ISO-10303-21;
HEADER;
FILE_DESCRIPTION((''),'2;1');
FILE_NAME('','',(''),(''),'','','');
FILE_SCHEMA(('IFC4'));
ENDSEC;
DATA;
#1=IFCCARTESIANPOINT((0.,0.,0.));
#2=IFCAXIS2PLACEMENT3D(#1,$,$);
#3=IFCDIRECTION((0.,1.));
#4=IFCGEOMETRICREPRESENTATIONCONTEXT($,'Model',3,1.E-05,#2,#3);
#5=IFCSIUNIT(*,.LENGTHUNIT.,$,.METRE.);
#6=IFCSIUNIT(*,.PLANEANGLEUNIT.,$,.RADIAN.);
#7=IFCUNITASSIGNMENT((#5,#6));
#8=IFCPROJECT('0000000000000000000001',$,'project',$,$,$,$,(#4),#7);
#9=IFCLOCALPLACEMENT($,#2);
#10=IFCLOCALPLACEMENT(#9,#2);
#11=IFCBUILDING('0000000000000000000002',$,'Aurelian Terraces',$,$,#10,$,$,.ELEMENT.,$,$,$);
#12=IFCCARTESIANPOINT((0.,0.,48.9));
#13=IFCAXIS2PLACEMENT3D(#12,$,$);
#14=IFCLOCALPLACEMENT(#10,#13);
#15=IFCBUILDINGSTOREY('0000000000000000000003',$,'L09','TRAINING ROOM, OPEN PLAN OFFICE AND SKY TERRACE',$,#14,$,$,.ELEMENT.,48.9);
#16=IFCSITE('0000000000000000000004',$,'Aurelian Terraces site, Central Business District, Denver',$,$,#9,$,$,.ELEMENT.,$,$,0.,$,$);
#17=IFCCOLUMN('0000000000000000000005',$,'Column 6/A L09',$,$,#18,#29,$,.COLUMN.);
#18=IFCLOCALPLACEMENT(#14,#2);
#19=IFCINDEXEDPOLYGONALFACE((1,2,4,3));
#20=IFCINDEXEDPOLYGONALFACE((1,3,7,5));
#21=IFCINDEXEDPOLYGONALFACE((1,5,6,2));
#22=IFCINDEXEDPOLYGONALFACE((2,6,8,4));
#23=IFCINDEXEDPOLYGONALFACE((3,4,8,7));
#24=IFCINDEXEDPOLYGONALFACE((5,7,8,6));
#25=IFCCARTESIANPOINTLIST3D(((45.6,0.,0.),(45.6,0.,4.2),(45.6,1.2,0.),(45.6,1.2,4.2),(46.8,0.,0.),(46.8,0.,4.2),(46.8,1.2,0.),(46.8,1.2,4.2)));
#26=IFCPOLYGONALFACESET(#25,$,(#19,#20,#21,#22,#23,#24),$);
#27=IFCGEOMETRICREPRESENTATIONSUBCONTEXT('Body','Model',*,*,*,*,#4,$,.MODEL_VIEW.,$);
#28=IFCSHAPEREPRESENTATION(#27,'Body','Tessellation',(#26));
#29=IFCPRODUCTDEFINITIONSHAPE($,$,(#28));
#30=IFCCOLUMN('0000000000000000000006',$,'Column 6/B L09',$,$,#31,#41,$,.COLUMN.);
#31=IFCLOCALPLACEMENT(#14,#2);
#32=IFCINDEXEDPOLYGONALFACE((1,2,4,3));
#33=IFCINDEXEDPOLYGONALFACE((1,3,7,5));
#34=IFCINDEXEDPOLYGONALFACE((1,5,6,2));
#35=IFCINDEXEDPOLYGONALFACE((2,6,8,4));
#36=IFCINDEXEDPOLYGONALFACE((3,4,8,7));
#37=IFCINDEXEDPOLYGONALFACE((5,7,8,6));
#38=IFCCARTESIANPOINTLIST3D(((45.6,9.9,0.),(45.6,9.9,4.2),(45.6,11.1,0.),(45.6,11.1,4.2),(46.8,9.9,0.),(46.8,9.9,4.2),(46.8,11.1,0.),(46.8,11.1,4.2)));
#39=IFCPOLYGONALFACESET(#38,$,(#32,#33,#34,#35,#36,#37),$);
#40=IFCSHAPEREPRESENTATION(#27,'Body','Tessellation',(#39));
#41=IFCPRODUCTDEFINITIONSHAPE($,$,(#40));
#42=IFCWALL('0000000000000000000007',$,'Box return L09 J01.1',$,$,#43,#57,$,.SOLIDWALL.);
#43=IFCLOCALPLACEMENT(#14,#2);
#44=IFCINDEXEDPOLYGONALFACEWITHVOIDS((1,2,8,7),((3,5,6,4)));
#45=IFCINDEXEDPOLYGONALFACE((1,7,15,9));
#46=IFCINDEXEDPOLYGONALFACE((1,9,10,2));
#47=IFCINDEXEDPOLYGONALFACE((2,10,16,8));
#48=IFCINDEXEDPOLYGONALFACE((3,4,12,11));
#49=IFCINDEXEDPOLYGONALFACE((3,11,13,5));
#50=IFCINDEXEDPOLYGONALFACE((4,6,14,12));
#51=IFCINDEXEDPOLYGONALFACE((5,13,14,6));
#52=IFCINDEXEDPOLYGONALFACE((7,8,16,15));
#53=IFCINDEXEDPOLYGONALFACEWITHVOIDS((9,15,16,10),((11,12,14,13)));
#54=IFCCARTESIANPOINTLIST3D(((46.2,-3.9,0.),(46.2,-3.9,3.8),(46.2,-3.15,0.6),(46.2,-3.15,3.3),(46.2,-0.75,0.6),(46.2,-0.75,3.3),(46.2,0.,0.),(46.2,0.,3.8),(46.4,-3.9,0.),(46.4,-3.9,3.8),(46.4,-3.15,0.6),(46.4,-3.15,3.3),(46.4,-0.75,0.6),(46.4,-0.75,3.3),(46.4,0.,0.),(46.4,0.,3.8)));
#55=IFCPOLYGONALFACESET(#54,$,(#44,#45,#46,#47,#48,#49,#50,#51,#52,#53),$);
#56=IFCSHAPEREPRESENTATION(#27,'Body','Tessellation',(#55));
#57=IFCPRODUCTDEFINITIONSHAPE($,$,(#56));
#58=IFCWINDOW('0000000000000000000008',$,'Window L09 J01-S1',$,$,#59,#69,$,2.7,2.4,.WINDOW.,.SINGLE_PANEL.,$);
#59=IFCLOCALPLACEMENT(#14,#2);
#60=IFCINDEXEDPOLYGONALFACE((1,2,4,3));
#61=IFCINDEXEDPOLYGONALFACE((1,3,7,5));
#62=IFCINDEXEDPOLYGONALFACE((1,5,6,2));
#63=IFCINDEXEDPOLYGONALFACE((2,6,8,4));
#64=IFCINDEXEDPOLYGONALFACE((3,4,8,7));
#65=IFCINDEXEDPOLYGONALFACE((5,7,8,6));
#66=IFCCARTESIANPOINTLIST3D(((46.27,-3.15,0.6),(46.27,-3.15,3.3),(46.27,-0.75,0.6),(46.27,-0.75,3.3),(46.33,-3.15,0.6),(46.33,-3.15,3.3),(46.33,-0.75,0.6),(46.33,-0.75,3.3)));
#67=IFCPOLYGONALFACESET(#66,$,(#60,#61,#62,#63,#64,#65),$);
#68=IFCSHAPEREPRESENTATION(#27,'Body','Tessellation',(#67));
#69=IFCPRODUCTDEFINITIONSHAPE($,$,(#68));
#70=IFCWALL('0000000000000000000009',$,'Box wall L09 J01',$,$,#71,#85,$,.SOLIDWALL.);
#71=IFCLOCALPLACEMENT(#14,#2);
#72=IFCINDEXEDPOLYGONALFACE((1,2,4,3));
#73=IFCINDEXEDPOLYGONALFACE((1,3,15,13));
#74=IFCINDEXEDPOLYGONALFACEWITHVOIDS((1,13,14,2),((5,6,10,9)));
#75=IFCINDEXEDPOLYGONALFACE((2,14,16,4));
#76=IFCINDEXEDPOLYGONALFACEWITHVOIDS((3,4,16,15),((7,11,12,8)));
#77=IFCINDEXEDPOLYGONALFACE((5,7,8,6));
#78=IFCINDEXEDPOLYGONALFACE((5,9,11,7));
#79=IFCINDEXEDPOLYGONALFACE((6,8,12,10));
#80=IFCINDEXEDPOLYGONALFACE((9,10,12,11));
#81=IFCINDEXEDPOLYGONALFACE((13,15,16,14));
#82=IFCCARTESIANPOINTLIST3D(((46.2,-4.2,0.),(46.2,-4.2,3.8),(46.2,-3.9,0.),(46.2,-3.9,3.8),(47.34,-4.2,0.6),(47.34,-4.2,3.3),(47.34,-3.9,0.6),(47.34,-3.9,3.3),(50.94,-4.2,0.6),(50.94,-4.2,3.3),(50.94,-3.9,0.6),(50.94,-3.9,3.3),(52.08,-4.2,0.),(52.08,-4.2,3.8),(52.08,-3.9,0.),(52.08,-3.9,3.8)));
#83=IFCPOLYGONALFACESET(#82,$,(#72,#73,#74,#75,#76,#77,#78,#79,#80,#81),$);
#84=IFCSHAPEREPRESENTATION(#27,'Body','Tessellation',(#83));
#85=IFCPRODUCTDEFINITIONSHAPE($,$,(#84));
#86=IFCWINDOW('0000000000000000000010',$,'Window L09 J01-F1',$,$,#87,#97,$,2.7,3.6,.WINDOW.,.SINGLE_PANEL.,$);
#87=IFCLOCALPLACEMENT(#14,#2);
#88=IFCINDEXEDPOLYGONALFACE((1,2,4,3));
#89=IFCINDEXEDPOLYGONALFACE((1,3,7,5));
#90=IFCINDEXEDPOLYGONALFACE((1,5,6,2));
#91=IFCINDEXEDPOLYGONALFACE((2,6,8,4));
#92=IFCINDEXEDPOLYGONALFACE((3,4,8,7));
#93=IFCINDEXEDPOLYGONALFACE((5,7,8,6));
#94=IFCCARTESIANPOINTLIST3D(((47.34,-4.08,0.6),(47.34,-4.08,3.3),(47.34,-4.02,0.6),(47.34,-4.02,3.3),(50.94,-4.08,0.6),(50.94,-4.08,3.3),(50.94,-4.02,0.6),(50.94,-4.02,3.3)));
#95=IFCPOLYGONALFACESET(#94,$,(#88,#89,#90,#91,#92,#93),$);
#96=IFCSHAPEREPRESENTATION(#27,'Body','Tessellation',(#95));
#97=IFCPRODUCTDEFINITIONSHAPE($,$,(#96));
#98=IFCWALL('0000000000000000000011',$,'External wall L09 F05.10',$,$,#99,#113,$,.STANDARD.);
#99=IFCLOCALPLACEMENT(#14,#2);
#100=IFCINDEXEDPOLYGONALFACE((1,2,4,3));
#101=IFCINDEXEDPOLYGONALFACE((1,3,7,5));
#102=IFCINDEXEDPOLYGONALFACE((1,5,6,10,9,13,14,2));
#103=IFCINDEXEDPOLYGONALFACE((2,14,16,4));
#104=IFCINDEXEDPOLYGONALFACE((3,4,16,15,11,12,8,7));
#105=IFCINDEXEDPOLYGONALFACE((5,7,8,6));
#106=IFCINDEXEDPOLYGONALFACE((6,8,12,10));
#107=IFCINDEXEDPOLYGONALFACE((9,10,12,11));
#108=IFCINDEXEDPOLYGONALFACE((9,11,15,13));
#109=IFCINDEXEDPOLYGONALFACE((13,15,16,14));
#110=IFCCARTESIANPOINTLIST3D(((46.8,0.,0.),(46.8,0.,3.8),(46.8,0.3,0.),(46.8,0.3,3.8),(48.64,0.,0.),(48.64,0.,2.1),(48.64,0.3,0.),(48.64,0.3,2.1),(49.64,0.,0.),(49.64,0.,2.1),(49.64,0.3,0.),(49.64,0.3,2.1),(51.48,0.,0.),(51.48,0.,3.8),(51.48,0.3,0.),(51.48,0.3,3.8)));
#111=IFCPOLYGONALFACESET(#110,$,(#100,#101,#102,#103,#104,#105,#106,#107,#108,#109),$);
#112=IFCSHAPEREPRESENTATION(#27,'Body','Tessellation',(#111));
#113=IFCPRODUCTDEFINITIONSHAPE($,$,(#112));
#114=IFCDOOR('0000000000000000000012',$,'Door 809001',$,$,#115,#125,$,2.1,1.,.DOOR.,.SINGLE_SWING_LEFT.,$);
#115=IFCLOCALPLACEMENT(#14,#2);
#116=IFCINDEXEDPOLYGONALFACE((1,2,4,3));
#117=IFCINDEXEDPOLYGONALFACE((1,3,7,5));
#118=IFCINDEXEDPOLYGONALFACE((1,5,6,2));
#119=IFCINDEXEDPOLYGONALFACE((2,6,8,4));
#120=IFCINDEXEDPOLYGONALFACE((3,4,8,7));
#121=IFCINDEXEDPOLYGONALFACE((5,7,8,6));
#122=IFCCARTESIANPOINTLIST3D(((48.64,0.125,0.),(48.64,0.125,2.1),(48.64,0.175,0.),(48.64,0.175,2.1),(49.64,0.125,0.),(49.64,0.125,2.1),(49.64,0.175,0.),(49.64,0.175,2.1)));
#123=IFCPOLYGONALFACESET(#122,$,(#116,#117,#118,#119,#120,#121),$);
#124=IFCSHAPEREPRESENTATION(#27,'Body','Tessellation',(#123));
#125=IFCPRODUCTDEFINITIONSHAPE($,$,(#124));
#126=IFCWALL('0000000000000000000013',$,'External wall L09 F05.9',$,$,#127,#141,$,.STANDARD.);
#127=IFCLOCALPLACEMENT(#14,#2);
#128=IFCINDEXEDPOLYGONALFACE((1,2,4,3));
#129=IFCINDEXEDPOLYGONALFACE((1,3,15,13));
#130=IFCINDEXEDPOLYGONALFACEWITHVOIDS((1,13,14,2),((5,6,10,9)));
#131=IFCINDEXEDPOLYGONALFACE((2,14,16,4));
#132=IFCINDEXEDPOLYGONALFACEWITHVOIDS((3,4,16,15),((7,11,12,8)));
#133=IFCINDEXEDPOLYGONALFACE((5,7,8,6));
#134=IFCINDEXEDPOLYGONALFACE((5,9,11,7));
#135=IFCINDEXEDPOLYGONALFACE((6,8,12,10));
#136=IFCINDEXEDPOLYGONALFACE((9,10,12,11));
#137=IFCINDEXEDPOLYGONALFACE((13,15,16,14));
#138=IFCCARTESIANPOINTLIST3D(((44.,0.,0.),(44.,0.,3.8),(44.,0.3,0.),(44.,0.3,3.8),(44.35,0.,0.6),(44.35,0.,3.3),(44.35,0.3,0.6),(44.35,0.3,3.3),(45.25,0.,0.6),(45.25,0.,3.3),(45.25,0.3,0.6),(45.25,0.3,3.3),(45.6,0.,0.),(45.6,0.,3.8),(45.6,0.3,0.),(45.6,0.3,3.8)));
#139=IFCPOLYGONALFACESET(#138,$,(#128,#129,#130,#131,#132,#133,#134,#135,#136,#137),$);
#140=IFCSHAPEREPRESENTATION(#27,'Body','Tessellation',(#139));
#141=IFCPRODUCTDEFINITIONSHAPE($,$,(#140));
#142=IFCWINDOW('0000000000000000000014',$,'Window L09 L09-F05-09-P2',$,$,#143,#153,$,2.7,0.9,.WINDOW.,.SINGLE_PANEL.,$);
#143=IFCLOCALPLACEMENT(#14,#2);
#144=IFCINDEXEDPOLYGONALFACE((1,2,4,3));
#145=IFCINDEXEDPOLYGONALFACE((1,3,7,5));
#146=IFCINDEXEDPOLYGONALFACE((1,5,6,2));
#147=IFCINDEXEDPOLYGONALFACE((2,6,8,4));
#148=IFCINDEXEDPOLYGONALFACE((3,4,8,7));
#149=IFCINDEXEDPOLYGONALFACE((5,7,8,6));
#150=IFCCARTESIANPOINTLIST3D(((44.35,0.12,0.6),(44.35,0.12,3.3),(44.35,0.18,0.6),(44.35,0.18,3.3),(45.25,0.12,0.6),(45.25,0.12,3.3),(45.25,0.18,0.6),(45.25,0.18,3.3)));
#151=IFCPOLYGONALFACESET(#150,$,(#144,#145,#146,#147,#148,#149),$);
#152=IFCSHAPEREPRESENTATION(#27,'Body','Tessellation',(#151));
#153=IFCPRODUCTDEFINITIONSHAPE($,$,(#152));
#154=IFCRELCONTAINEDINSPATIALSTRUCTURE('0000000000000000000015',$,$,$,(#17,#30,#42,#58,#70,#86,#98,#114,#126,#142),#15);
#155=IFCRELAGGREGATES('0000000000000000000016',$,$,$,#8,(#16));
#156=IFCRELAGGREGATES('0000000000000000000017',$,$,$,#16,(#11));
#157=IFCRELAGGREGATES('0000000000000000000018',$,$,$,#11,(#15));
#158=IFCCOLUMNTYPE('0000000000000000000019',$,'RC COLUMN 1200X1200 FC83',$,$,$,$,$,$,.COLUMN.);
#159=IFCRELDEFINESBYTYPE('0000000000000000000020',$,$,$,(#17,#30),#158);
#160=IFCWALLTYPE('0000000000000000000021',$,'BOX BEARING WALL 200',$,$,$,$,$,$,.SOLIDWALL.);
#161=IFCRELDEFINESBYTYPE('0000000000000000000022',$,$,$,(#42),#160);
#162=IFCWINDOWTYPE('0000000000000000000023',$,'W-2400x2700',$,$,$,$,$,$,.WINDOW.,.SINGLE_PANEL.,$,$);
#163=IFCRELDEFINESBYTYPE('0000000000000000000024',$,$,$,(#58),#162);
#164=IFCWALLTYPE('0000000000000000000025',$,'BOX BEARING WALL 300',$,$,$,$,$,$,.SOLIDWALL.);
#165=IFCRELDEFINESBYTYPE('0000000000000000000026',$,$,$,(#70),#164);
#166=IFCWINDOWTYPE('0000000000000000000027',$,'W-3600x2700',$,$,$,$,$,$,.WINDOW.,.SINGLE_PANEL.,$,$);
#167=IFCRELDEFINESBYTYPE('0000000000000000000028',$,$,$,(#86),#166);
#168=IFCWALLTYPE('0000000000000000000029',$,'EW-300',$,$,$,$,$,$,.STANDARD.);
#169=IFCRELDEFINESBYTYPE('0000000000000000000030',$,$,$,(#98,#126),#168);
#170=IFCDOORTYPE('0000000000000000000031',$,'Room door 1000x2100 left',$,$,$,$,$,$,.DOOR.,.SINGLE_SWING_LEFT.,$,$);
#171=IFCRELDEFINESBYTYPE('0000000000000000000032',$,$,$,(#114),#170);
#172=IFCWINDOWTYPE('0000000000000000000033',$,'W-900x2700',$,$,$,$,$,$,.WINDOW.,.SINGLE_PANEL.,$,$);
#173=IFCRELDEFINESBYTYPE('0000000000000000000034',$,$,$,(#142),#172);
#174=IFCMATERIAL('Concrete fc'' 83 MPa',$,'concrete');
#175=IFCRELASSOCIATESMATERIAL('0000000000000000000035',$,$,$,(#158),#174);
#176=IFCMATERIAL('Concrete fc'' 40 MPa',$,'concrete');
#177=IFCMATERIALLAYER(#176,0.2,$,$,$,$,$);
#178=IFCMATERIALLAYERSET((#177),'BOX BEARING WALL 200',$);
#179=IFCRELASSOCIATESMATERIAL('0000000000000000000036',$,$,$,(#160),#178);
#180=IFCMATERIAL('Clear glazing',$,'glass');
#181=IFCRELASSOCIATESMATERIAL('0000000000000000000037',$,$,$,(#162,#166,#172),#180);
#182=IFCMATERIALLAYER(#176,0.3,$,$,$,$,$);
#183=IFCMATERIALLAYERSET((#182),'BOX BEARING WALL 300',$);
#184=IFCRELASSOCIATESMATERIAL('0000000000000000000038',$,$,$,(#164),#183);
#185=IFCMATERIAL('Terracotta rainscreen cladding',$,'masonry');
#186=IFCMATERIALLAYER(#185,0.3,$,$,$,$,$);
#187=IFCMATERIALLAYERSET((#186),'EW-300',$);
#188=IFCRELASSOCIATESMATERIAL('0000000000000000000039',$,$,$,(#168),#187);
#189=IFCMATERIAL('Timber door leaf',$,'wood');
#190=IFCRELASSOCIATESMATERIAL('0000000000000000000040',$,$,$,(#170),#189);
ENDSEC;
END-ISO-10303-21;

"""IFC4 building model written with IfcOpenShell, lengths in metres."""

from ifc_helpers import new_model, si_unit, direction, frame, frame_2d, origin, origin_2d, place, context, subcontext, project, spatial, rectangle, extrude, source, transform, mapped, material, layer, layer_set, material_profile, profile_set, type_object, element, fill, save


model = new_model("IFC4")

# Units and contexts
model_context = context("Model", 3, precision=1e-05, world=origin(), true_north=direction((0.0, 1.0)))
body_context = subcontext(model_context, "Body", "Model", "MODEL_VIEW")
ifc_project = project(units=[si_unit("LENGTHUNIT", "METRE"), si_unit("PLANEANGLEUNIT", "RADIAN")], contexts=[model_context])

# Site, building, storey
site_placement = place(None, origin())
site = spatial("IfcSite", under=ifc_project, at=site_placement, Name="Aurelian Terraces site, Central Business District, Denver", CompositionType="ELEMENT", RefElevation=0.0)
building_placement = place(site_placement, origin())
building = spatial("IfcBuilding", under=site, at=building_placement, Name="Aurelian Terraces", CompositionType="ELEMENT")
storey_placement = place(building_placement, frame((0.0, 0.0, 48.9)))
storey = spatial("IfcBuildingStorey", under=building, at=storey_placement, Name="L09", Description="TRAINING ROOM, OPEN PLAN OFFICE AND SKY TERRACE", CompositionType="ELEMENT", Elevation=48.9)

# Columns
ifc_material_1 = material(Name="Concrete fc' 83 MPa", Category="concrete")
ifc_material_profile = material_profile(ifc_material_1, rectangle(XDim=1.2, YDim=1.2, at=origin_2d()))
ifc_profile_set = profile_set([ifc_material_profile], Name="Concrete fc' 83 MPa")
column_type = type_object("IfcColumnType", Name="RC COLUMN 1200X1200 FC83", PredefinedType="COLUMN", material=ifc_profile_set)
shared_shape_1 = source(origin(), body_context, "Body", "SweptSolid", [
    extrude(rectangle(XDim=1.2, YDim=1.2, at=origin_2d()), origin(), (0.0, 0.0, 1.0), 4.2),
])
for number, where, z_axis, x_axis, name in (
    (1, (46.2, 0.6, 0.0), (0.0, 0.0, 1.0), (1.0, 0.0, 0.0), "Column 6/A L09"),
    (2, (46.2, 10.5, 0.0), (0.0, 0.0, 1.0), (1.0, 0.0, 0.0), "Column 6/B L09"),
):
    element("IfcColumn", number, at=place(storey_placement, frame(where, z_axis=z_axis, x_axis=x_axis)), inside=storey, type_object=column_type, Name=name, PredefinedType="COLUMN", context=body_context, shape_type="MappedRepresentation", body=[
        mapped(shared_shape_1, transform((0.0, 0.0, 0.0), scale=1.0)),
    ])

# Walls, openings, windows
ifc_material_2 = material(Name="Concrete fc' 40 MPa", Category="concrete")
ifc_layer_1 = layer(ifc_material_2, 0.2)
ifc_layer_set_1 = layer_set([ifc_layer_1], Name="BOX BEARING WALL 200")
wall_type_1 = type_object("IfcWallType", Name="BOX BEARING WALL 200", PredefinedType="SOLIDWALL", material=ifc_layer_set_1)
wall_1_placement = place(storey_placement, frame((46.3, 0.0, 0.0), z_axis=(0.0, 0.0, 1.0), x_axis=(0.0, -1.0, 0.0)))
wall_1 = element("IfcWall", 3, at=wall_1_placement, inside=storey, type_object=wall_type_1, Name="Box return L09 J01.1", PredefinedType="SOLIDWALL", context=body_context, shape_type="SweptSolid", body=[
    extrude(rectangle(XDim=3.9, YDim=0.2, at=frame_2d((1.95, 0.0))), origin(), (0.0, 0.0, 1.0), 3.8),
])
shared_shape_2 = source(origin(), body_context, "Body", "SweptSolid", [
    extrude(rectangle(XDim=2.4, YDim=2.7, at=frame_2d((1.2, 1.35))), frame((0.0, 0.11, 0.0), z_axis=(0.0, -1.0, 0.0), x_axis=(1.0, 0.0, 0.0)), (0.0, 0.0, 1.0), 0.22),
])
opening_1_placement = place(wall_1_placement, frame((0.75, 0.0, 0.6)))
opening_1 = element("IfcOpeningElement", 4, at=opening_1_placement, cuts=wall_1, PredefinedType="OPENING", context=body_context, shape_type="MappedRepresentation", body=[
    mapped(shared_shape_2, transform((0.0, 0.0, 0.0), scale=1.0)),
])
ifc_material_3 = material(Name="Clear glazing", Category="glass")
window_type_1 = type_object("IfcWindowType", Name="W-2400x2700", PartitioningType="SINGLE_PANEL", PredefinedType="WINDOW", material=ifc_material_3)
shared_shape_3 = source(origin(), body_context, "Body", "SweptSolid", [
    extrude(rectangle(XDim=2.4, YDim=2.7, at=frame_2d((1.2, 1.35))), frame((0.0, 0.03, 0.0), z_axis=(0.0, -1.0, 0.0), x_axis=(1.0, 0.0, 0.0)), (0.0, 0.0, 1.0), 0.06),
])
window_1_placement = place(opening_1_placement, origin())
window_1 = element("IfcWindow", 5, at=window_1_placement, inside=storey, type_object=window_type_1, Name="Window L09 J01-S1", OverallHeight=2.7, OverallWidth=2.4, PartitioningType="SINGLE_PANEL", PredefinedType="WINDOW", context=body_context, shape_type="MappedRepresentation", body=[
    mapped(shared_shape_3, transform((0.0, 0.0, 0.0), scale=1.0)),
])
fill(opening_1, window_1)
ifc_layer_2 = layer(ifc_material_2, 0.3)
ifc_layer_set_2 = layer_set([ifc_layer_2], Name="BOX BEARING WALL 300")
wall_type_2 = type_object("IfcWallType", Name="BOX BEARING WALL 300", PredefinedType="SOLIDWALL", material=ifc_layer_set_2)
wall_2_placement = place(storey_placement, frame((46.2, -4.05, 0.0), z_axis=(0.0, 0.0, 1.0), x_axis=(1.0, 0.0, 0.0)))
wall_2 = element("IfcWall", 6, at=wall_2_placement, inside=storey, type_object=wall_type_2, Name="Box wall L09 J01", PredefinedType="SOLIDWALL", context=body_context, shape_type="SweptSolid", body=[
    extrude(rectangle(XDim=5.88, YDim=0.3, at=frame_2d((2.94, 0.0))), origin(), (0.0, 0.0, 1.0), 3.8),
])
shared_shape_4 = source(origin(), body_context, "Body", "SweptSolid", [
    extrude(rectangle(XDim=3.6, YDim=2.7, at=frame_2d((1.8, 1.35))), frame((0.0, 0.16, 0.0), z_axis=(0.0, -1.0, 0.0), x_axis=(1.0, 0.0, 0.0)), (0.0, 0.0, 1.0), 0.32),
])
opening_2_placement = place(wall_2_placement, frame((1.14, 0.0, 0.6)))
opening_2 = element("IfcOpeningElement", 7, at=opening_2_placement, cuts=wall_2, PredefinedType="OPENING", context=body_context, shape_type="MappedRepresentation", body=[
    mapped(shared_shape_4, transform((0.0, 0.0, 0.0), scale=1.0)),
])
window_type_2 = type_object("IfcWindowType", Name="W-3600x2700", PartitioningType="SINGLE_PANEL", PredefinedType="WINDOW", material=ifc_material_3)
shared_shape_5 = source(origin(), body_context, "Body", "SweptSolid", [
    extrude(rectangle(XDim=3.6, YDim=2.7, at=frame_2d((1.8, 1.35))), frame((0.0, 0.03, 0.0), z_axis=(0.0, -1.0, 0.0), x_axis=(1.0, 0.0, 0.0)), (0.0, 0.0, 1.0), 0.06),
])
window_2_placement = place(opening_2_placement, origin())
window_2 = element("IfcWindow", 8, at=window_2_placement, inside=storey, type_object=window_type_2, Name="Window L09 J01-F1", OverallHeight=2.7, OverallWidth=3.6, PartitioningType="SINGLE_PANEL", PredefinedType="WINDOW", context=body_context, shape_type="MappedRepresentation", body=[
    mapped(shared_shape_5, transform((0.0, 0.0, 0.0), scale=1.0)),
])
fill(opening_2, window_2)

# Wall, opening, door
ifc_material_4 = material(Name="Terracotta rainscreen cladding", Category="masonry")
ifc_layer_3 = layer(ifc_material_4, 0.3)
ifc_layer_set_3 = layer_set([ifc_layer_3], Name="EW-300")
wall_type_3 = type_object("IfcWallType", Name="EW-300", PredefinedType="STANDARD", material=ifc_layer_set_3)
shared_shape_6 = source(origin(), body_context, "Body", "SweptSolid", [
    extrude(rectangle(XDim=4.68, YDim=0.3, at=frame_2d((2.34, 0.0))), origin(), (0.0, 0.0, 1.0), 3.8),
])
wall_3_placement = place(storey_placement, frame((46.8, 0.15, 0.0), z_axis=(0.0, 0.0, 1.0), x_axis=(1.0, 0.0, 0.0)))
wall_3 = element("IfcWall", 9, at=wall_3_placement, inside=storey, type_object=wall_type_3, Name="External wall L09 F05.10", PredefinedType="STANDARD", context=body_context, shape_type="MappedRepresentation", body=[
    mapped(shared_shape_6, transform((0.0, 0.0, 0.0), scale=1.0)),
])
shared_shape_7 = source(origin(), body_context, "Body", "SweptSolid", [
    extrude(rectangle(XDim=1.0, YDim=2.1, at=frame_2d((0.5, 1.05))), frame((0.0, 0.16, 0.0), z_axis=(0.0, -1.0, 0.0), x_axis=(1.0, 0.0, 0.0)), (0.0, 0.0, 1.0), 0.32),
])
opening_3_placement = place(wall_3_placement, frame((1.84, 0.0, 0.0)))
opening_3 = element("IfcOpeningElement", 10, at=opening_3_placement, cuts=wall_3, PredefinedType="OPENING", context=body_context, shape_type="MappedRepresentation", body=[
    mapped(shared_shape_7, transform((0.0, 0.0, 0.0), scale=1.0)),
])
ifc_material_5 = material(Name="Timber door leaf", Category="wood")
door_type_1 = type_object("IfcDoorType", Name="Room door 1000x2100 left", OperationType="SINGLE_SWING_LEFT", PredefinedType="DOOR", material=ifc_material_5)
shared_shape_8 = source(origin(), body_context, "Body", "SweptSolid", [
    extrude(rectangle(XDim=1.0, YDim=2.1, at=frame_2d((0.5, 1.05))), frame((0.0, 0.025, 0.0), z_axis=(0.0, -1.0, 0.0), x_axis=(1.0, 0.0, 0.0)), (0.0, 0.0, 1.0), 0.05),
])
door_1_placement = place(opening_3_placement, origin())
door_1 = element("IfcDoor", 11, at=door_1_placement, inside=storey, type_object=door_type_1, Name="Door 809001", OperationType="SINGLE_SWING_LEFT", OverallHeight=2.1, OverallWidth=1.0, PredefinedType="DOOR", context=body_context, shape_type="MappedRepresentation", body=[
    mapped(shared_shape_8, transform((0.0, 0.0, 0.0), scale=1.0)),
])
fill(opening_3, door_1)

# Wall, opening, window
shared_shape_9 = source(origin(), body_context, "Body", "SweptSolid", [
    extrude(rectangle(XDim=1.6, YDim=0.3, at=frame_2d((0.8, 0.0))), origin(), (0.0, 0.0, 1.0), 3.8),
])
wall_4_placement = place(storey_placement, frame((44.0, 0.15, 0.0), z_axis=(0.0, 0.0, 1.0), x_axis=(1.0, 0.0, 0.0)))
wall_4 = element("IfcWall", 12, at=wall_4_placement, inside=storey, type_object=wall_type_3, Name="External wall L09 F05.9", PredefinedType="STANDARD", context=body_context, shape_type="MappedRepresentation", body=[
    mapped(shared_shape_9, transform((0.0, 0.0, 0.0), scale=1.0)),
])
shared_shape_10 = source(origin(), body_context, "Body", "SweptSolid", [
    extrude(rectangle(XDim=0.9, YDim=2.7, at=frame_2d((0.45, 1.35))), frame((0.0, 0.16, 0.0), z_axis=(0.0, -1.0, 0.0), x_axis=(1.0, 0.0, 0.0)), (0.0, 0.0, 1.0), 0.32),
])
opening_4_placement = place(wall_4_placement, frame((0.35, 0.0, 0.6)))
opening_4 = element("IfcOpeningElement", 13, at=opening_4_placement, cuts=wall_4, PredefinedType="OPENING", context=body_context, shape_type="MappedRepresentation", body=[
    mapped(shared_shape_10, transform((0.0, 0.0, 0.0), scale=1.0)),
])
window_type_3 = type_object("IfcWindowType", Name="W-900x2700", PartitioningType="SINGLE_PANEL", PredefinedType="WINDOW", material=ifc_material_3)
shared_shape_11 = source(origin(), body_context, "Body", "SweptSolid", [
    extrude(rectangle(XDim=0.9, YDim=2.7, at=frame_2d((0.45, 1.35))), frame((0.0, 0.03, 0.0), z_axis=(0.0, -1.0, 0.0), x_axis=(1.0, 0.0, 0.0)), (0.0, 0.0, 1.0), 0.06),
])
window_3_placement = place(opening_4_placement, origin())
window_3 = element("IfcWindow", 14, at=window_3_placement, inside=storey, type_object=window_type_3, Name="Window L09 L09-F05-09-P2", OverallHeight=2.7, OverallWidth=0.9, PartitioningType="SINGLE_PANEL", PredefinedType="WINDOW", context=body_context, shape_type="MappedRepresentation", body=[
    mapped(shared_shape_11, transform((0.0, 0.0, 0.0), scale=1.0)),
])
fill(opening_4, window_3)

save(model, "model.ifc")
